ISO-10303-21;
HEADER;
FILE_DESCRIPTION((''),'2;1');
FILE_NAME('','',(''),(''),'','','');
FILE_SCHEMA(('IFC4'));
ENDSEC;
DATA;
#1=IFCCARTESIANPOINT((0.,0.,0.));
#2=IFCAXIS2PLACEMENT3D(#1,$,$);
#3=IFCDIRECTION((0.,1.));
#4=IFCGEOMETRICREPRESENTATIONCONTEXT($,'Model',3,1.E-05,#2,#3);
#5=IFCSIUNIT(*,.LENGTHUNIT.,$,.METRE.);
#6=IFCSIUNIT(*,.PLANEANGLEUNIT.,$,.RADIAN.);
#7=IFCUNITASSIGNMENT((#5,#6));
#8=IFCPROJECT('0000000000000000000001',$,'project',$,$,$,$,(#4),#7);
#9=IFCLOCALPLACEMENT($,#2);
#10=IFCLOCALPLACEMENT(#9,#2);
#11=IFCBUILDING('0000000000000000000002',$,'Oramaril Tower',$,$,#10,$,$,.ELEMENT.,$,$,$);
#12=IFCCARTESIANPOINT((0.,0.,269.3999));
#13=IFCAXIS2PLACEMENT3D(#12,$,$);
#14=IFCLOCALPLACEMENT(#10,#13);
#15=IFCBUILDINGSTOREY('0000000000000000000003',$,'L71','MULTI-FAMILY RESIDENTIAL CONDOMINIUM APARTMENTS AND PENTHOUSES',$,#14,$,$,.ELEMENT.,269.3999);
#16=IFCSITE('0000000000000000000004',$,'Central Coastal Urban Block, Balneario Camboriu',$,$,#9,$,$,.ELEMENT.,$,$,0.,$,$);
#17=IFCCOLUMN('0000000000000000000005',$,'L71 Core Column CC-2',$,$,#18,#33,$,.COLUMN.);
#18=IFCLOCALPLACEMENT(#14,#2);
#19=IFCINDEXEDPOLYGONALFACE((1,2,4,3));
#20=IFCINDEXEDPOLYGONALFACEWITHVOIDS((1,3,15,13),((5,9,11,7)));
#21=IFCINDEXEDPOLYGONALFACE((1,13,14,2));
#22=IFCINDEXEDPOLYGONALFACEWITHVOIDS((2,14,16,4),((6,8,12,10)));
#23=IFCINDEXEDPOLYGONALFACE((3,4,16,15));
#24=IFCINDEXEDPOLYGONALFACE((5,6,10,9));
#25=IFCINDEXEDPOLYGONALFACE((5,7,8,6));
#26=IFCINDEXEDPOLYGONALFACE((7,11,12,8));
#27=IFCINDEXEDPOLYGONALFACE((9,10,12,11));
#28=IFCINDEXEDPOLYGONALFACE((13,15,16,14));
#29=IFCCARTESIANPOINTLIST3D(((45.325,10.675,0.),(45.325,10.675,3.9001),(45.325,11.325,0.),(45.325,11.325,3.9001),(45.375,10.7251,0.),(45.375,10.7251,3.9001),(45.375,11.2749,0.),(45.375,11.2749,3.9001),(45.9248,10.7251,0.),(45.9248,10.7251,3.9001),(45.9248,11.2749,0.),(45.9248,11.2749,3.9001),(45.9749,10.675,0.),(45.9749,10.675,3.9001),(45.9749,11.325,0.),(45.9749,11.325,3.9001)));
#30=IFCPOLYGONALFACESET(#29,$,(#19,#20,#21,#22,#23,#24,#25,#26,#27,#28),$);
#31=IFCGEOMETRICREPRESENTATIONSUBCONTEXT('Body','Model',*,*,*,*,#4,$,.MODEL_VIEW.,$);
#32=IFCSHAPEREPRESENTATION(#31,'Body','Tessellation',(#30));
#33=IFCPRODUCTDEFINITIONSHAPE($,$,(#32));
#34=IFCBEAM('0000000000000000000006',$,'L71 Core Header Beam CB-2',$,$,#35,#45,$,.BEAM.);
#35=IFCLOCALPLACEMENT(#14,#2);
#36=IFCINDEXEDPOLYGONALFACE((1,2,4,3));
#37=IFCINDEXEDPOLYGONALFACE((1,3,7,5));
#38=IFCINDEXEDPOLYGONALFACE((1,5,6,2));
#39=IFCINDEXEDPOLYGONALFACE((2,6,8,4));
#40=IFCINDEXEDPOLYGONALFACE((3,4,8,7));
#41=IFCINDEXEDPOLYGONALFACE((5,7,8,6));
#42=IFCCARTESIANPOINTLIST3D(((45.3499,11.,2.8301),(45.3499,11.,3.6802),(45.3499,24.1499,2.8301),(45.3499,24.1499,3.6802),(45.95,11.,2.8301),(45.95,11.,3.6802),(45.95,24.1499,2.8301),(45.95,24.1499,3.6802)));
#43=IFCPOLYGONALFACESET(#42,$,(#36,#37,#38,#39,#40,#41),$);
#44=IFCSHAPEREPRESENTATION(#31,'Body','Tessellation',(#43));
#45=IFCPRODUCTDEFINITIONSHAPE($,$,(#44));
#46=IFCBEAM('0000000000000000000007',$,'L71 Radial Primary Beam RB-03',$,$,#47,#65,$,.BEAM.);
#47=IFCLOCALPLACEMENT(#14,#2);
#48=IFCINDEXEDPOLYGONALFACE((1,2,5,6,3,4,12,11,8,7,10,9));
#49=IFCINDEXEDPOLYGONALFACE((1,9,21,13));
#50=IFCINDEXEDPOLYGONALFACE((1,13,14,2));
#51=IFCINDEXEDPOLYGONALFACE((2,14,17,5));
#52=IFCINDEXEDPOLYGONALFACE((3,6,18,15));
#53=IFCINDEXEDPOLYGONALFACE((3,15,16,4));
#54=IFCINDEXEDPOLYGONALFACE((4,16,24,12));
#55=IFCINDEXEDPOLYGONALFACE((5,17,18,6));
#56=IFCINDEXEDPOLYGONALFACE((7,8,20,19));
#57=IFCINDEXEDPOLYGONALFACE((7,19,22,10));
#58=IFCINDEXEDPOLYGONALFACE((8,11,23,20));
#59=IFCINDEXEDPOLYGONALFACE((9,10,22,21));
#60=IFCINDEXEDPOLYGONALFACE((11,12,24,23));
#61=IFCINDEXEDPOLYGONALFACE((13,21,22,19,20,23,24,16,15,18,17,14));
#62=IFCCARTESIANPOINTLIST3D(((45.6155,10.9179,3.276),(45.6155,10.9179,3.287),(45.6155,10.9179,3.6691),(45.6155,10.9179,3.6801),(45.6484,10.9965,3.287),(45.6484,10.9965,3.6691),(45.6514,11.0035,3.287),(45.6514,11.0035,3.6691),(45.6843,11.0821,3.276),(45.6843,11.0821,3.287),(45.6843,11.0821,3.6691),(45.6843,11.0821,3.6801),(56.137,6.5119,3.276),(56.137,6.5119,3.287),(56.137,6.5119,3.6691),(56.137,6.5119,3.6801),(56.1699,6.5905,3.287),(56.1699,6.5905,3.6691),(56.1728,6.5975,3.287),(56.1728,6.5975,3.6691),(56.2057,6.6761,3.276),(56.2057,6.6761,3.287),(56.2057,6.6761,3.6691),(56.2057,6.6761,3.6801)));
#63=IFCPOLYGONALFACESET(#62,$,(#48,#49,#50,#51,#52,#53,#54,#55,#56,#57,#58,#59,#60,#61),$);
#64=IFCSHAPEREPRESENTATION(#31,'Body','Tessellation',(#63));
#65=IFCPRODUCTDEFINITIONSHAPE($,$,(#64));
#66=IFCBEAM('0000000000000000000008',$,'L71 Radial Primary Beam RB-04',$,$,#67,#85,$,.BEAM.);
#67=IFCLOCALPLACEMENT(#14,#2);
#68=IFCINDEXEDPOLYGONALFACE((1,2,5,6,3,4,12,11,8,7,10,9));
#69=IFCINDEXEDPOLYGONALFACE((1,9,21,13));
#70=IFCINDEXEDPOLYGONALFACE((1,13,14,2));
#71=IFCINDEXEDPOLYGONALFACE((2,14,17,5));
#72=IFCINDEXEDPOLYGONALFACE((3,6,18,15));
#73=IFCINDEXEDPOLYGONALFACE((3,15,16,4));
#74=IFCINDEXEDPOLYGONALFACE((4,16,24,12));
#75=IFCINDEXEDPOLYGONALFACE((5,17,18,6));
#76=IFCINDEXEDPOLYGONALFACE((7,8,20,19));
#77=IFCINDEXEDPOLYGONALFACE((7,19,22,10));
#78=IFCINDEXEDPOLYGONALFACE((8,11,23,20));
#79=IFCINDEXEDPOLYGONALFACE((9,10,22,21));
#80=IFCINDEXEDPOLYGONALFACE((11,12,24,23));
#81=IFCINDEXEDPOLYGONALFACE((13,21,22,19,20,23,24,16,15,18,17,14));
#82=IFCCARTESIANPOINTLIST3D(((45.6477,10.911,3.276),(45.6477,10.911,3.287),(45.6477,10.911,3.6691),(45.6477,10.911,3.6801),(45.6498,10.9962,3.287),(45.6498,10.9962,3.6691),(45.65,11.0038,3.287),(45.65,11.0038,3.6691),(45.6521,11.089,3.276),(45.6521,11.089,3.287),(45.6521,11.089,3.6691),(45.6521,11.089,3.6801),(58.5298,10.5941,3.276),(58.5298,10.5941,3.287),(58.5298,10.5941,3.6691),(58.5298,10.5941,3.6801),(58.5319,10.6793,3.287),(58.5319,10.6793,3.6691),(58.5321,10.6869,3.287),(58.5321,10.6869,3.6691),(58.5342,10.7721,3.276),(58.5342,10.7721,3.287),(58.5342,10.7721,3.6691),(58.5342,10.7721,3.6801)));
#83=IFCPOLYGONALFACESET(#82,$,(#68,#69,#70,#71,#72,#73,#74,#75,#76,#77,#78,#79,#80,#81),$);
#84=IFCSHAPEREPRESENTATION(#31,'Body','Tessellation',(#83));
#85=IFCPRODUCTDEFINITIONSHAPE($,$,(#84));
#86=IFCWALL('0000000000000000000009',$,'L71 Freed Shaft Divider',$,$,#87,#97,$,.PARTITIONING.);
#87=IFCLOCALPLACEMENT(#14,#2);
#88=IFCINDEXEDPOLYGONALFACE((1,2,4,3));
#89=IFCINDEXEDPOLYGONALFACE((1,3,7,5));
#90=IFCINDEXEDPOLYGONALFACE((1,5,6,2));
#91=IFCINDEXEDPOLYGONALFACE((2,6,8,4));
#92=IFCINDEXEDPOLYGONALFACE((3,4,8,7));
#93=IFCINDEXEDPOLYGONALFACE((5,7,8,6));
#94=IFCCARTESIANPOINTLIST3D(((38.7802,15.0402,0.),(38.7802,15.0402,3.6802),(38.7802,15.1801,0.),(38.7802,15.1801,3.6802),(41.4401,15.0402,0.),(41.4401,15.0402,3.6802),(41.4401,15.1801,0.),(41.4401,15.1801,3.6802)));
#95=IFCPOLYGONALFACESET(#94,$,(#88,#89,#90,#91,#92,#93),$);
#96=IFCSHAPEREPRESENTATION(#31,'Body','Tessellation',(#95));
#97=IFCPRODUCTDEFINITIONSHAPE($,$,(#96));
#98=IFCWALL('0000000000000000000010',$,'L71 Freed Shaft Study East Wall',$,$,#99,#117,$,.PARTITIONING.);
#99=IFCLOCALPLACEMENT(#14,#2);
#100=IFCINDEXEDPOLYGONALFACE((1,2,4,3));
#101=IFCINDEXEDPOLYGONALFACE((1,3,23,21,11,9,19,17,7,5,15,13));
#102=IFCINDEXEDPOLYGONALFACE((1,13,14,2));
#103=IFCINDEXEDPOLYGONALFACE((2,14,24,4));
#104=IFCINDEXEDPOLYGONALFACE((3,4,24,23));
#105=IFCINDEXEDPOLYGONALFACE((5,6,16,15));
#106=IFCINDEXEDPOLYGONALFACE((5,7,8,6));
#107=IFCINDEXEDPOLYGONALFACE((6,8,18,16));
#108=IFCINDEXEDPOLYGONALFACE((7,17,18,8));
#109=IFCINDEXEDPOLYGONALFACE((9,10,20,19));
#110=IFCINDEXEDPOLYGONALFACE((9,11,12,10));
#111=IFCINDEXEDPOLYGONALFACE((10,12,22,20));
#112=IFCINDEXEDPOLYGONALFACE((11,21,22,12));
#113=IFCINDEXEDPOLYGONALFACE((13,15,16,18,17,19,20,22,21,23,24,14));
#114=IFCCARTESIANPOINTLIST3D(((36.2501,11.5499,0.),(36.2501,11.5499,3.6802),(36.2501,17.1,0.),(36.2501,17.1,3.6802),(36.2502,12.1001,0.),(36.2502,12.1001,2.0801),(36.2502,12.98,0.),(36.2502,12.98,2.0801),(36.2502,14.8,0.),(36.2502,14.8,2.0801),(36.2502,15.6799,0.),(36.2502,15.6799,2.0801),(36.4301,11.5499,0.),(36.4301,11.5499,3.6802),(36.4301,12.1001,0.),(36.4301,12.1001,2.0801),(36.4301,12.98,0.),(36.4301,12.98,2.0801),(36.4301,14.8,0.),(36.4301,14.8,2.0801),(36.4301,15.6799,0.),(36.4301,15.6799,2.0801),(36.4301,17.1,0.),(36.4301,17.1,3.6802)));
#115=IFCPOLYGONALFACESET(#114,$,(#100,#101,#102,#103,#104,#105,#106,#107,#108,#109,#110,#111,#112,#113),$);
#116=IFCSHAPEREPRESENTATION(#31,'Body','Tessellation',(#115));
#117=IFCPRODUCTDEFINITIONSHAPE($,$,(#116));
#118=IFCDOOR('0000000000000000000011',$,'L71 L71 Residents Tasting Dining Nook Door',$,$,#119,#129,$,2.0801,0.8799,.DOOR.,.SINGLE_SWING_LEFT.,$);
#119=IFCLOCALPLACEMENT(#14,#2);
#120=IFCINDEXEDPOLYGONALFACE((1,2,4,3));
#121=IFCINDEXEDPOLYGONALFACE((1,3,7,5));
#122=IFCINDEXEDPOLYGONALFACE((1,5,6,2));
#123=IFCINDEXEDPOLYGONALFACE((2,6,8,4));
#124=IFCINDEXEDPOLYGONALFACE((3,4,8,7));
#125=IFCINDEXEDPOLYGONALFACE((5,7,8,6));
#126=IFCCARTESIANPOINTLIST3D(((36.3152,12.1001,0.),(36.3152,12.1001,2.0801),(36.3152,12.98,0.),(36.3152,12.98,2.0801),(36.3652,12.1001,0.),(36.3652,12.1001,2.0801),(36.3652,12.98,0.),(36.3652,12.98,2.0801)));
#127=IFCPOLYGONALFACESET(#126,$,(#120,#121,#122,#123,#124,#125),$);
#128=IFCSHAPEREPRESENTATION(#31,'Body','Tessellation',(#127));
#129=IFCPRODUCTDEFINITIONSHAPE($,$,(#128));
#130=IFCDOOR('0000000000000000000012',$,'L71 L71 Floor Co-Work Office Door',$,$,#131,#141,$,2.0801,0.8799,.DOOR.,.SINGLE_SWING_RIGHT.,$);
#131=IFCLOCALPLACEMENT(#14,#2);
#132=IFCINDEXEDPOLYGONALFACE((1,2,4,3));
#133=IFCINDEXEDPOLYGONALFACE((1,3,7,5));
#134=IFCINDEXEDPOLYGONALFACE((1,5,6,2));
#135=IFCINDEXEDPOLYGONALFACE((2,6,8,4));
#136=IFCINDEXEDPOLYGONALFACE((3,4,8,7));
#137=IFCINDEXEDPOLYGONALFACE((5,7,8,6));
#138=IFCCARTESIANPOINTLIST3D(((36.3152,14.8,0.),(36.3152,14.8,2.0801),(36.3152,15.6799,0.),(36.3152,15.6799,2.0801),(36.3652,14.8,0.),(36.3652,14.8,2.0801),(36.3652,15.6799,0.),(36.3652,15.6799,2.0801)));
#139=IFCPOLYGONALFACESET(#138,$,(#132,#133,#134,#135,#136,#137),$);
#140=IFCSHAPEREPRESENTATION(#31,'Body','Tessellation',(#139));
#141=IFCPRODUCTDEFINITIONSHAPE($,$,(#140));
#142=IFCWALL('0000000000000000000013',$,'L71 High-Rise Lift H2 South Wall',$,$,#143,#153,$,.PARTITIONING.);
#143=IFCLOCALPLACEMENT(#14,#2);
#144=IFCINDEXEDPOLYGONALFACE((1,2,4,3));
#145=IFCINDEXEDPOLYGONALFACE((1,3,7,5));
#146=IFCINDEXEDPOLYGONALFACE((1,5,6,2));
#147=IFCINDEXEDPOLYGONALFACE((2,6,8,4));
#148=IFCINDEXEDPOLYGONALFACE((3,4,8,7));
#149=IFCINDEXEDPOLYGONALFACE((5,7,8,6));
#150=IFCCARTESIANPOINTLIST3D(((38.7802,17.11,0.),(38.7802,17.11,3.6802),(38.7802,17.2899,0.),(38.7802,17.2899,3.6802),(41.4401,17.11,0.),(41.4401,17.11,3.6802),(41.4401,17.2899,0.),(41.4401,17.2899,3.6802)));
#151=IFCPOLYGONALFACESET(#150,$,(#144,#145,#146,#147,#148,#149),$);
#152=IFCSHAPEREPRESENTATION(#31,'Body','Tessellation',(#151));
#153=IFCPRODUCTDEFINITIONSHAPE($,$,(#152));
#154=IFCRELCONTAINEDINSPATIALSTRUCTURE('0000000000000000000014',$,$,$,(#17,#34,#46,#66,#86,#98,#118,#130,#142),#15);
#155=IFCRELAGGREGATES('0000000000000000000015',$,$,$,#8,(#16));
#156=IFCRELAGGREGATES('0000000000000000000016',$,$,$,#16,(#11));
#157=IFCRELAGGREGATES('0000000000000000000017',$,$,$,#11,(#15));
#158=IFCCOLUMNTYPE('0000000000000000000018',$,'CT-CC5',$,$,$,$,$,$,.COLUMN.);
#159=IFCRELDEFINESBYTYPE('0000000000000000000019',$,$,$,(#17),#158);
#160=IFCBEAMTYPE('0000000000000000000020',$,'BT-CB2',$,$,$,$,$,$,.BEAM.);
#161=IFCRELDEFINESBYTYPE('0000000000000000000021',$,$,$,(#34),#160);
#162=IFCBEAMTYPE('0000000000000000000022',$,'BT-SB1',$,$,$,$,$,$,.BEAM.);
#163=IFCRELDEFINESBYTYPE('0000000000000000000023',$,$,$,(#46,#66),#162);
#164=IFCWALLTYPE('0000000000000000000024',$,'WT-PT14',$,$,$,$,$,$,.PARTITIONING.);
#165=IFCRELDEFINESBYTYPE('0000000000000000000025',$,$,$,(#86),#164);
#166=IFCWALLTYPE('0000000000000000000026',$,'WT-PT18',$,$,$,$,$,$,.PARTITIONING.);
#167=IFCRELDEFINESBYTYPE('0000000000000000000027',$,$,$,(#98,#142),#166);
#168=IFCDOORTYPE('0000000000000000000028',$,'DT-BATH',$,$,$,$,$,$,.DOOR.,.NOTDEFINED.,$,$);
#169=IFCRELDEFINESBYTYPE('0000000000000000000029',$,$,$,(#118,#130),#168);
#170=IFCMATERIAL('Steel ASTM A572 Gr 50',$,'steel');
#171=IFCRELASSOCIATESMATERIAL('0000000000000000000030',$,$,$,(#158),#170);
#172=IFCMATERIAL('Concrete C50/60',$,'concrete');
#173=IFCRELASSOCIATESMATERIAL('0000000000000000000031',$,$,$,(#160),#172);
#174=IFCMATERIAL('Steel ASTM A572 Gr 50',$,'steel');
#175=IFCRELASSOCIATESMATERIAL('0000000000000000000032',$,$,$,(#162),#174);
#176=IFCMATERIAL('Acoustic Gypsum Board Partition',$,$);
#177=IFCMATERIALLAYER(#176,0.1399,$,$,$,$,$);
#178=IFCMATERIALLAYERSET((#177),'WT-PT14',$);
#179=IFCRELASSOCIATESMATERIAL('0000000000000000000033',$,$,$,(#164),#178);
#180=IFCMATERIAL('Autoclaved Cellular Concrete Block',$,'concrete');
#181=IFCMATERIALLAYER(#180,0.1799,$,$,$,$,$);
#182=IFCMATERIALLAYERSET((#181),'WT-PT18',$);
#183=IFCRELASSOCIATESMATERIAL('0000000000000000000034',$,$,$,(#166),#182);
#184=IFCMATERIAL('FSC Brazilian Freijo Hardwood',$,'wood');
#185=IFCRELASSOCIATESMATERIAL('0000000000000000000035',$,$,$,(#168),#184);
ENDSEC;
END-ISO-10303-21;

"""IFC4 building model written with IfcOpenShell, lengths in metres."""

from ifc_helpers import new_model, si_unit, direction, frame, frame_2d, origin, origin_2d, place, context, subcontext, project, spatial, rectangle, hollow_rectangle, i_section, extrude, material, layer, layer_set, material_profile, profile_set, type_object, element, fill, save


model = new_model("IFC4")

# Units and contexts
model_context = context("Model", 3, precision=1e-05, world=origin(), true_north=direction((0.0, 1.0)))
body_context = subcontext(model_context, "Body", "Model", "MODEL_VIEW")
ifc_project = project(units=[si_unit("LENGTHUNIT", "METRE"), si_unit("PLANEANGLEUNIT", "RADIAN")], contexts=[model_context])

# Site, building, storey
site_placement = place(None, origin())
site = spatial("IfcSite", under=ifc_project, at=site_placement, Name="Central Coastal Urban Block, Balneario Camboriu", CompositionType="ELEMENT", RefElevation=0.0)
building_placement = place(site_placement, origin())
building = spatial("IfcBuilding", under=site, at=building_placement, Name="Oramaril Tower", CompositionType="ELEMENT")
storey_placement = place(building_placement, frame((0.0, 0.0, 269.3999)))
storey = spatial("IfcBuildingStorey", under=building, at=storey_placement, Name="L71", Description="MULTI-FAMILY RESIDENTIAL CONDOMINIUM APARTMENTS AND PENTHOUSES", CompositionType="ELEMENT", Elevation=269.3999)

# Column
ifc_material_1 = material(Name="Steel ASTM A572 Gr 50", Category="steel")
ifc_material_profile_1 = material_profile(ifc_material_1, hollow_rectangle(XDim=0.6499, YDim=0.6499, WallThickness=0.05, at=origin_2d()), Name="BOX650X650X50")
ifc_profile_set_1 = profile_set([ifc_material_profile_1], Name="Steel ASTM A572 Gr 50")
column_type = type_object("IfcColumnType", Name="CT-CC5", PredefinedType="COLUMN", material=ifc_profile_set_1)
column_placement = place(storey_placement, frame((45.6499, 11.0, 0.0), z_axis=(0.0, 0.0, 1.0), x_axis=(1.0, 0.0, 0.0)))
element("IfcColumn", 1, at=column_placement, inside=storey, type_object=column_type, Name="L71 Core Column CC-2", PredefinedType="COLUMN", context=body_context, shape_type="SweptSolid", body=[
    extrude(hollow_rectangle(XDim=0.6499, YDim=0.6499, WallThickness=0.05, at=origin_2d()), origin(), (0.0, 0.0, 1.0), 3.9001),
])

# Beams
ifc_material_2 = material(Name="Concrete C50/60", Category="concrete")
ifc_material_profile_2 = material_profile(ifc_material_2, rectangle(XDim=0.6001, YDim=0.8501, at=origin_2d()), Name="CB600X850")
ifc_profile_set_2 = profile_set([ifc_material_profile_2], Name="Concrete C50/60")
beam_type_1 = type_object("IfcBeamType", Name="BT-CB2", PredefinedType="BEAM", material=ifc_profile_set_2)
beam_1_placement = place(storey_placement, frame((45.6499, 11.0, 3.2551), z_axis=(0.0, 1.0, 0.0), x_axis=(-1.0, 0.0, 0.0)))
element("IfcBeam", 2, at=beam_1_placement, inside=storey, type_object=beam_type_1, Name="L71 Core Header Beam CB-2", PredefinedType="BEAM", context=body_context, shape_type="SweptSolid", body=[
    extrude(rectangle(XDim=0.6001, YDim=0.8501, at=origin_2d()), origin(), (0.0, 0.0, 1.0), 13.1499),
])
ifc_material_3 = material(Name="Steel ASTM A572 Gr 50", Category="steel")
ifc_material_profile_3 = material_profile(ifc_material_3, i_section(OverallWidth=0.178, OverallDepth=0.4041, WebThickness=0.0076, FlangeThickness=0.011, at=origin_2d()), Name="W16X36")
ifc_profile_set_3 = profile_set([ifc_material_profile_3], Name="Steel ASTM A572 Gr 50")
beam_type_2 = type_object("IfcBeamType", Name="BT-SB1", PredefinedType="BEAM", material=ifc_profile_set_3)
beam_2_placement = place(storey_placement, frame((45.6499, 11.0, 3.478), z_axis=(0.922389, -0.386262, 0.0), x_axis=(0.386262, 0.922389, 0.0)))
element("IfcBeam", 3, at=beam_2_placement, inside=storey, type_object=beam_type_2, Name="L71 Radial Primary Beam RB-03", PredefinedType="BEAM", context=body_context, shape_type="SweptSolid", body=[
    extrude(i_section(OverallWidth=0.178, OverallDepth=0.4041, WebThickness=0.0076, FlangeThickness=0.011, at=origin_2d()), origin(), (0.0, 0.0, 1.0), 11.4067),
])
beam_3_placement = place(storey_placement, frame((45.6499, 11.0, 3.478), z_axis=(0.999698, -0.024592, 0.0), x_axis=(0.024592, 0.999698, 0.0)))
element("IfcBeam", 4, at=beam_3_placement, inside=storey, type_object=beam_type_2, Name="L71 Radial Primary Beam RB-04", PredefinedType="BEAM", context=body_context, shape_type="SweptSolid", body=[
    extrude(i_section(OverallWidth=0.178, OverallDepth=0.4041, WebThickness=0.0076, FlangeThickness=0.011, at=origin_2d()), origin(), (0.0, 0.0, 1.0), 12.886),
])

# Wall
ifc_material_4 = material(Name="Acoustic Gypsum Board Partition")
ifc_layer_1 = layer(ifc_material_4, 0.1399)
ifc_layer_set_1 = layer_set([ifc_layer_1], Name="WT-PT14")
wall_type_1 = type_object("IfcWallType", Name="WT-PT14", PredefinedType="PARTITIONING", material=ifc_layer_set_1)
wall_1_placement = place(storey_placement, frame((38.78, 15.1101, 0.0), z_axis=(0.0, 0.0, 1.0), x_axis=(1.0, 0.0, 0.0)))
element("IfcWall", 5, at=wall_1_placement, inside=storey, type_object=wall_type_1, Name="L71 Freed Shaft Divider", PredefinedType="PARTITIONING", context=body_context, shape_type="SweptSolid", body=[
    extrude(rectangle(XDim=2.6599, YDim=0.1399, at=frame_2d((1.3301, 0.0))), origin(), (0.0, 0.0, 1.0), 3.6802),
])

# Wall, openings, doors
ifc_material_5 = material(Name="Autoclaved Cellular Concrete Block", Category="concrete")
ifc_layer_2 = layer(ifc_material_5, 0.1799)
ifc_layer_set_2 = layer_set([ifc_layer_2], Name="WT-PT18")
wall_type_2 = type_object("IfcWallType", Name="WT-PT18", PredefinedType="PARTITIONING", material=ifc_layer_set_2)
wall_2_placement = place(storey_placement, frame((36.3401, 11.55, 0.0), z_axis=(0.0, 0.0, 1.0), x_axis=(0.0, 1.0, 0.0)))
wall_2 = element("IfcWall", 6, at=wall_2_placement, inside=storey, type_object=wall_type_2, Name="L71 Freed Shaft Study East Wall", PredefinedType="PARTITIONING", context=body_context, shape_type="SweptSolid", body=[
    extrude(rectangle(XDim=5.55, YDim=0.1799, at=frame_2d((2.7749, 0.0))), origin(), (0.0, 0.0, 1.0), 3.6802),
])
opening_1_placement = place(wall_2_placement, frame((0.55, 0.0, 0.0)))
opening_1 = element("IfcOpeningElement", 7, at=opening_1_placement, cuts=wall_2, PredefinedType="OPENING", context=body_context, shape_type="SweptSolid", body=[
    extrude(rectangle(XDim=0.8799, YDim=2.0801, at=frame_2d((0.4399, 1.04))), frame((0.0, 0.0898, 0.0), z_axis=(0.0, -1.0, 0.0), x_axis=(1.0, 0.0, 0.0)), (0.0, 0.0, 1.0), 0.1799),
])
opening_2_placement = place(wall_2_placement, frame((3.25, 0.0, 0.0)))
opening_2 = element("IfcOpeningElement", 8, at=opening_2_placement, cuts=wall_2, PredefinedType="OPENING", context=body_context, shape_type="SweptSolid", body=[
    extrude(rectangle(XDim=0.8799, YDim=2.0801, at=frame_2d((0.4399, 1.04))), frame((0.0, 0.0898, 0.0), z_axis=(0.0, -1.0, 0.0), x_axis=(1.0, 0.0, 0.0)), (0.0, 0.0, 1.0), 0.1799),
])
ifc_material_6 = material(Name="FSC Brazilian Freijo Hardwood", Category="wood")
door_type_1 = type_object("IfcDoorType", Name="DT-BATH", OperationType="NOTDEFINED", PredefinedType="DOOR", material=ifc_material_6)
door_1_placement = place(opening_1_placement, origin())
door_1 = element("IfcDoor", 9, at=door_1_placement, inside=storey, type_object=door_type_1, Name="L71 L71 Residents Tasting Dining Nook Door", OperationType="SINGLE_SWING_LEFT", OverallHeight=2.0801, OverallWidth=0.8799, PredefinedType="DOOR", context=body_context, shape_type="SweptSolid", body=[
    extrude(rectangle(XDim=0.8799, YDim=2.0801, at=frame_2d((0.4399, 1.04))), frame((0.0, 0.0249, 0.0), z_axis=(0.0, -1.0, 0.0), x_axis=(1.0, 0.0, 0.0)), (0.0, 0.0, 1.0), 0.05),
])
fill(opening_1, door_1)
door_2_placement = place(opening_2_placement, origin())
door_2 = element("IfcDoor", 10, at=door_2_placement, inside=storey, type_object=door_type_1, Name="L71 L71 Floor Co-Work Office Door", OperationType="SINGLE_SWING_RIGHT", OverallHeight=2.0801, OverallWidth=0.8799, PredefinedType="DOOR", context=body_context, shape_type="SweptSolid", body=[
    extrude(rectangle(XDim=0.8799, YDim=2.0801, at=frame_2d((0.4399, 1.04))), frame((0.0, 0.0249, 0.0), z_axis=(0.0, -1.0, 0.0), x_axis=(1.0, 0.0, 0.0)), (0.0, 0.0, 1.0), 0.05),
])
fill(opening_2, door_2)

# Wall
wall_3_placement = place(storey_placement, frame((38.78, 17.2, 0.0), z_axis=(0.0, 0.0, 1.0), x_axis=(1.0, 0.0, 0.0)))
element("IfcWall", 11, at=wall_3_placement, inside=storey, type_object=wall_type_2, Name="L71 High-Rise Lift H2 South Wall", PredefinedType="PARTITIONING", context=body_context, shape_type="SweptSolid", body=[
    extrude(rectangle(XDim=2.6599, YDim=0.1799, at=frame_2d((1.3301, 0.0))), origin(), (0.0, 0.0, 1.0), 3.6802),
])

save(model, "model.ifc")
